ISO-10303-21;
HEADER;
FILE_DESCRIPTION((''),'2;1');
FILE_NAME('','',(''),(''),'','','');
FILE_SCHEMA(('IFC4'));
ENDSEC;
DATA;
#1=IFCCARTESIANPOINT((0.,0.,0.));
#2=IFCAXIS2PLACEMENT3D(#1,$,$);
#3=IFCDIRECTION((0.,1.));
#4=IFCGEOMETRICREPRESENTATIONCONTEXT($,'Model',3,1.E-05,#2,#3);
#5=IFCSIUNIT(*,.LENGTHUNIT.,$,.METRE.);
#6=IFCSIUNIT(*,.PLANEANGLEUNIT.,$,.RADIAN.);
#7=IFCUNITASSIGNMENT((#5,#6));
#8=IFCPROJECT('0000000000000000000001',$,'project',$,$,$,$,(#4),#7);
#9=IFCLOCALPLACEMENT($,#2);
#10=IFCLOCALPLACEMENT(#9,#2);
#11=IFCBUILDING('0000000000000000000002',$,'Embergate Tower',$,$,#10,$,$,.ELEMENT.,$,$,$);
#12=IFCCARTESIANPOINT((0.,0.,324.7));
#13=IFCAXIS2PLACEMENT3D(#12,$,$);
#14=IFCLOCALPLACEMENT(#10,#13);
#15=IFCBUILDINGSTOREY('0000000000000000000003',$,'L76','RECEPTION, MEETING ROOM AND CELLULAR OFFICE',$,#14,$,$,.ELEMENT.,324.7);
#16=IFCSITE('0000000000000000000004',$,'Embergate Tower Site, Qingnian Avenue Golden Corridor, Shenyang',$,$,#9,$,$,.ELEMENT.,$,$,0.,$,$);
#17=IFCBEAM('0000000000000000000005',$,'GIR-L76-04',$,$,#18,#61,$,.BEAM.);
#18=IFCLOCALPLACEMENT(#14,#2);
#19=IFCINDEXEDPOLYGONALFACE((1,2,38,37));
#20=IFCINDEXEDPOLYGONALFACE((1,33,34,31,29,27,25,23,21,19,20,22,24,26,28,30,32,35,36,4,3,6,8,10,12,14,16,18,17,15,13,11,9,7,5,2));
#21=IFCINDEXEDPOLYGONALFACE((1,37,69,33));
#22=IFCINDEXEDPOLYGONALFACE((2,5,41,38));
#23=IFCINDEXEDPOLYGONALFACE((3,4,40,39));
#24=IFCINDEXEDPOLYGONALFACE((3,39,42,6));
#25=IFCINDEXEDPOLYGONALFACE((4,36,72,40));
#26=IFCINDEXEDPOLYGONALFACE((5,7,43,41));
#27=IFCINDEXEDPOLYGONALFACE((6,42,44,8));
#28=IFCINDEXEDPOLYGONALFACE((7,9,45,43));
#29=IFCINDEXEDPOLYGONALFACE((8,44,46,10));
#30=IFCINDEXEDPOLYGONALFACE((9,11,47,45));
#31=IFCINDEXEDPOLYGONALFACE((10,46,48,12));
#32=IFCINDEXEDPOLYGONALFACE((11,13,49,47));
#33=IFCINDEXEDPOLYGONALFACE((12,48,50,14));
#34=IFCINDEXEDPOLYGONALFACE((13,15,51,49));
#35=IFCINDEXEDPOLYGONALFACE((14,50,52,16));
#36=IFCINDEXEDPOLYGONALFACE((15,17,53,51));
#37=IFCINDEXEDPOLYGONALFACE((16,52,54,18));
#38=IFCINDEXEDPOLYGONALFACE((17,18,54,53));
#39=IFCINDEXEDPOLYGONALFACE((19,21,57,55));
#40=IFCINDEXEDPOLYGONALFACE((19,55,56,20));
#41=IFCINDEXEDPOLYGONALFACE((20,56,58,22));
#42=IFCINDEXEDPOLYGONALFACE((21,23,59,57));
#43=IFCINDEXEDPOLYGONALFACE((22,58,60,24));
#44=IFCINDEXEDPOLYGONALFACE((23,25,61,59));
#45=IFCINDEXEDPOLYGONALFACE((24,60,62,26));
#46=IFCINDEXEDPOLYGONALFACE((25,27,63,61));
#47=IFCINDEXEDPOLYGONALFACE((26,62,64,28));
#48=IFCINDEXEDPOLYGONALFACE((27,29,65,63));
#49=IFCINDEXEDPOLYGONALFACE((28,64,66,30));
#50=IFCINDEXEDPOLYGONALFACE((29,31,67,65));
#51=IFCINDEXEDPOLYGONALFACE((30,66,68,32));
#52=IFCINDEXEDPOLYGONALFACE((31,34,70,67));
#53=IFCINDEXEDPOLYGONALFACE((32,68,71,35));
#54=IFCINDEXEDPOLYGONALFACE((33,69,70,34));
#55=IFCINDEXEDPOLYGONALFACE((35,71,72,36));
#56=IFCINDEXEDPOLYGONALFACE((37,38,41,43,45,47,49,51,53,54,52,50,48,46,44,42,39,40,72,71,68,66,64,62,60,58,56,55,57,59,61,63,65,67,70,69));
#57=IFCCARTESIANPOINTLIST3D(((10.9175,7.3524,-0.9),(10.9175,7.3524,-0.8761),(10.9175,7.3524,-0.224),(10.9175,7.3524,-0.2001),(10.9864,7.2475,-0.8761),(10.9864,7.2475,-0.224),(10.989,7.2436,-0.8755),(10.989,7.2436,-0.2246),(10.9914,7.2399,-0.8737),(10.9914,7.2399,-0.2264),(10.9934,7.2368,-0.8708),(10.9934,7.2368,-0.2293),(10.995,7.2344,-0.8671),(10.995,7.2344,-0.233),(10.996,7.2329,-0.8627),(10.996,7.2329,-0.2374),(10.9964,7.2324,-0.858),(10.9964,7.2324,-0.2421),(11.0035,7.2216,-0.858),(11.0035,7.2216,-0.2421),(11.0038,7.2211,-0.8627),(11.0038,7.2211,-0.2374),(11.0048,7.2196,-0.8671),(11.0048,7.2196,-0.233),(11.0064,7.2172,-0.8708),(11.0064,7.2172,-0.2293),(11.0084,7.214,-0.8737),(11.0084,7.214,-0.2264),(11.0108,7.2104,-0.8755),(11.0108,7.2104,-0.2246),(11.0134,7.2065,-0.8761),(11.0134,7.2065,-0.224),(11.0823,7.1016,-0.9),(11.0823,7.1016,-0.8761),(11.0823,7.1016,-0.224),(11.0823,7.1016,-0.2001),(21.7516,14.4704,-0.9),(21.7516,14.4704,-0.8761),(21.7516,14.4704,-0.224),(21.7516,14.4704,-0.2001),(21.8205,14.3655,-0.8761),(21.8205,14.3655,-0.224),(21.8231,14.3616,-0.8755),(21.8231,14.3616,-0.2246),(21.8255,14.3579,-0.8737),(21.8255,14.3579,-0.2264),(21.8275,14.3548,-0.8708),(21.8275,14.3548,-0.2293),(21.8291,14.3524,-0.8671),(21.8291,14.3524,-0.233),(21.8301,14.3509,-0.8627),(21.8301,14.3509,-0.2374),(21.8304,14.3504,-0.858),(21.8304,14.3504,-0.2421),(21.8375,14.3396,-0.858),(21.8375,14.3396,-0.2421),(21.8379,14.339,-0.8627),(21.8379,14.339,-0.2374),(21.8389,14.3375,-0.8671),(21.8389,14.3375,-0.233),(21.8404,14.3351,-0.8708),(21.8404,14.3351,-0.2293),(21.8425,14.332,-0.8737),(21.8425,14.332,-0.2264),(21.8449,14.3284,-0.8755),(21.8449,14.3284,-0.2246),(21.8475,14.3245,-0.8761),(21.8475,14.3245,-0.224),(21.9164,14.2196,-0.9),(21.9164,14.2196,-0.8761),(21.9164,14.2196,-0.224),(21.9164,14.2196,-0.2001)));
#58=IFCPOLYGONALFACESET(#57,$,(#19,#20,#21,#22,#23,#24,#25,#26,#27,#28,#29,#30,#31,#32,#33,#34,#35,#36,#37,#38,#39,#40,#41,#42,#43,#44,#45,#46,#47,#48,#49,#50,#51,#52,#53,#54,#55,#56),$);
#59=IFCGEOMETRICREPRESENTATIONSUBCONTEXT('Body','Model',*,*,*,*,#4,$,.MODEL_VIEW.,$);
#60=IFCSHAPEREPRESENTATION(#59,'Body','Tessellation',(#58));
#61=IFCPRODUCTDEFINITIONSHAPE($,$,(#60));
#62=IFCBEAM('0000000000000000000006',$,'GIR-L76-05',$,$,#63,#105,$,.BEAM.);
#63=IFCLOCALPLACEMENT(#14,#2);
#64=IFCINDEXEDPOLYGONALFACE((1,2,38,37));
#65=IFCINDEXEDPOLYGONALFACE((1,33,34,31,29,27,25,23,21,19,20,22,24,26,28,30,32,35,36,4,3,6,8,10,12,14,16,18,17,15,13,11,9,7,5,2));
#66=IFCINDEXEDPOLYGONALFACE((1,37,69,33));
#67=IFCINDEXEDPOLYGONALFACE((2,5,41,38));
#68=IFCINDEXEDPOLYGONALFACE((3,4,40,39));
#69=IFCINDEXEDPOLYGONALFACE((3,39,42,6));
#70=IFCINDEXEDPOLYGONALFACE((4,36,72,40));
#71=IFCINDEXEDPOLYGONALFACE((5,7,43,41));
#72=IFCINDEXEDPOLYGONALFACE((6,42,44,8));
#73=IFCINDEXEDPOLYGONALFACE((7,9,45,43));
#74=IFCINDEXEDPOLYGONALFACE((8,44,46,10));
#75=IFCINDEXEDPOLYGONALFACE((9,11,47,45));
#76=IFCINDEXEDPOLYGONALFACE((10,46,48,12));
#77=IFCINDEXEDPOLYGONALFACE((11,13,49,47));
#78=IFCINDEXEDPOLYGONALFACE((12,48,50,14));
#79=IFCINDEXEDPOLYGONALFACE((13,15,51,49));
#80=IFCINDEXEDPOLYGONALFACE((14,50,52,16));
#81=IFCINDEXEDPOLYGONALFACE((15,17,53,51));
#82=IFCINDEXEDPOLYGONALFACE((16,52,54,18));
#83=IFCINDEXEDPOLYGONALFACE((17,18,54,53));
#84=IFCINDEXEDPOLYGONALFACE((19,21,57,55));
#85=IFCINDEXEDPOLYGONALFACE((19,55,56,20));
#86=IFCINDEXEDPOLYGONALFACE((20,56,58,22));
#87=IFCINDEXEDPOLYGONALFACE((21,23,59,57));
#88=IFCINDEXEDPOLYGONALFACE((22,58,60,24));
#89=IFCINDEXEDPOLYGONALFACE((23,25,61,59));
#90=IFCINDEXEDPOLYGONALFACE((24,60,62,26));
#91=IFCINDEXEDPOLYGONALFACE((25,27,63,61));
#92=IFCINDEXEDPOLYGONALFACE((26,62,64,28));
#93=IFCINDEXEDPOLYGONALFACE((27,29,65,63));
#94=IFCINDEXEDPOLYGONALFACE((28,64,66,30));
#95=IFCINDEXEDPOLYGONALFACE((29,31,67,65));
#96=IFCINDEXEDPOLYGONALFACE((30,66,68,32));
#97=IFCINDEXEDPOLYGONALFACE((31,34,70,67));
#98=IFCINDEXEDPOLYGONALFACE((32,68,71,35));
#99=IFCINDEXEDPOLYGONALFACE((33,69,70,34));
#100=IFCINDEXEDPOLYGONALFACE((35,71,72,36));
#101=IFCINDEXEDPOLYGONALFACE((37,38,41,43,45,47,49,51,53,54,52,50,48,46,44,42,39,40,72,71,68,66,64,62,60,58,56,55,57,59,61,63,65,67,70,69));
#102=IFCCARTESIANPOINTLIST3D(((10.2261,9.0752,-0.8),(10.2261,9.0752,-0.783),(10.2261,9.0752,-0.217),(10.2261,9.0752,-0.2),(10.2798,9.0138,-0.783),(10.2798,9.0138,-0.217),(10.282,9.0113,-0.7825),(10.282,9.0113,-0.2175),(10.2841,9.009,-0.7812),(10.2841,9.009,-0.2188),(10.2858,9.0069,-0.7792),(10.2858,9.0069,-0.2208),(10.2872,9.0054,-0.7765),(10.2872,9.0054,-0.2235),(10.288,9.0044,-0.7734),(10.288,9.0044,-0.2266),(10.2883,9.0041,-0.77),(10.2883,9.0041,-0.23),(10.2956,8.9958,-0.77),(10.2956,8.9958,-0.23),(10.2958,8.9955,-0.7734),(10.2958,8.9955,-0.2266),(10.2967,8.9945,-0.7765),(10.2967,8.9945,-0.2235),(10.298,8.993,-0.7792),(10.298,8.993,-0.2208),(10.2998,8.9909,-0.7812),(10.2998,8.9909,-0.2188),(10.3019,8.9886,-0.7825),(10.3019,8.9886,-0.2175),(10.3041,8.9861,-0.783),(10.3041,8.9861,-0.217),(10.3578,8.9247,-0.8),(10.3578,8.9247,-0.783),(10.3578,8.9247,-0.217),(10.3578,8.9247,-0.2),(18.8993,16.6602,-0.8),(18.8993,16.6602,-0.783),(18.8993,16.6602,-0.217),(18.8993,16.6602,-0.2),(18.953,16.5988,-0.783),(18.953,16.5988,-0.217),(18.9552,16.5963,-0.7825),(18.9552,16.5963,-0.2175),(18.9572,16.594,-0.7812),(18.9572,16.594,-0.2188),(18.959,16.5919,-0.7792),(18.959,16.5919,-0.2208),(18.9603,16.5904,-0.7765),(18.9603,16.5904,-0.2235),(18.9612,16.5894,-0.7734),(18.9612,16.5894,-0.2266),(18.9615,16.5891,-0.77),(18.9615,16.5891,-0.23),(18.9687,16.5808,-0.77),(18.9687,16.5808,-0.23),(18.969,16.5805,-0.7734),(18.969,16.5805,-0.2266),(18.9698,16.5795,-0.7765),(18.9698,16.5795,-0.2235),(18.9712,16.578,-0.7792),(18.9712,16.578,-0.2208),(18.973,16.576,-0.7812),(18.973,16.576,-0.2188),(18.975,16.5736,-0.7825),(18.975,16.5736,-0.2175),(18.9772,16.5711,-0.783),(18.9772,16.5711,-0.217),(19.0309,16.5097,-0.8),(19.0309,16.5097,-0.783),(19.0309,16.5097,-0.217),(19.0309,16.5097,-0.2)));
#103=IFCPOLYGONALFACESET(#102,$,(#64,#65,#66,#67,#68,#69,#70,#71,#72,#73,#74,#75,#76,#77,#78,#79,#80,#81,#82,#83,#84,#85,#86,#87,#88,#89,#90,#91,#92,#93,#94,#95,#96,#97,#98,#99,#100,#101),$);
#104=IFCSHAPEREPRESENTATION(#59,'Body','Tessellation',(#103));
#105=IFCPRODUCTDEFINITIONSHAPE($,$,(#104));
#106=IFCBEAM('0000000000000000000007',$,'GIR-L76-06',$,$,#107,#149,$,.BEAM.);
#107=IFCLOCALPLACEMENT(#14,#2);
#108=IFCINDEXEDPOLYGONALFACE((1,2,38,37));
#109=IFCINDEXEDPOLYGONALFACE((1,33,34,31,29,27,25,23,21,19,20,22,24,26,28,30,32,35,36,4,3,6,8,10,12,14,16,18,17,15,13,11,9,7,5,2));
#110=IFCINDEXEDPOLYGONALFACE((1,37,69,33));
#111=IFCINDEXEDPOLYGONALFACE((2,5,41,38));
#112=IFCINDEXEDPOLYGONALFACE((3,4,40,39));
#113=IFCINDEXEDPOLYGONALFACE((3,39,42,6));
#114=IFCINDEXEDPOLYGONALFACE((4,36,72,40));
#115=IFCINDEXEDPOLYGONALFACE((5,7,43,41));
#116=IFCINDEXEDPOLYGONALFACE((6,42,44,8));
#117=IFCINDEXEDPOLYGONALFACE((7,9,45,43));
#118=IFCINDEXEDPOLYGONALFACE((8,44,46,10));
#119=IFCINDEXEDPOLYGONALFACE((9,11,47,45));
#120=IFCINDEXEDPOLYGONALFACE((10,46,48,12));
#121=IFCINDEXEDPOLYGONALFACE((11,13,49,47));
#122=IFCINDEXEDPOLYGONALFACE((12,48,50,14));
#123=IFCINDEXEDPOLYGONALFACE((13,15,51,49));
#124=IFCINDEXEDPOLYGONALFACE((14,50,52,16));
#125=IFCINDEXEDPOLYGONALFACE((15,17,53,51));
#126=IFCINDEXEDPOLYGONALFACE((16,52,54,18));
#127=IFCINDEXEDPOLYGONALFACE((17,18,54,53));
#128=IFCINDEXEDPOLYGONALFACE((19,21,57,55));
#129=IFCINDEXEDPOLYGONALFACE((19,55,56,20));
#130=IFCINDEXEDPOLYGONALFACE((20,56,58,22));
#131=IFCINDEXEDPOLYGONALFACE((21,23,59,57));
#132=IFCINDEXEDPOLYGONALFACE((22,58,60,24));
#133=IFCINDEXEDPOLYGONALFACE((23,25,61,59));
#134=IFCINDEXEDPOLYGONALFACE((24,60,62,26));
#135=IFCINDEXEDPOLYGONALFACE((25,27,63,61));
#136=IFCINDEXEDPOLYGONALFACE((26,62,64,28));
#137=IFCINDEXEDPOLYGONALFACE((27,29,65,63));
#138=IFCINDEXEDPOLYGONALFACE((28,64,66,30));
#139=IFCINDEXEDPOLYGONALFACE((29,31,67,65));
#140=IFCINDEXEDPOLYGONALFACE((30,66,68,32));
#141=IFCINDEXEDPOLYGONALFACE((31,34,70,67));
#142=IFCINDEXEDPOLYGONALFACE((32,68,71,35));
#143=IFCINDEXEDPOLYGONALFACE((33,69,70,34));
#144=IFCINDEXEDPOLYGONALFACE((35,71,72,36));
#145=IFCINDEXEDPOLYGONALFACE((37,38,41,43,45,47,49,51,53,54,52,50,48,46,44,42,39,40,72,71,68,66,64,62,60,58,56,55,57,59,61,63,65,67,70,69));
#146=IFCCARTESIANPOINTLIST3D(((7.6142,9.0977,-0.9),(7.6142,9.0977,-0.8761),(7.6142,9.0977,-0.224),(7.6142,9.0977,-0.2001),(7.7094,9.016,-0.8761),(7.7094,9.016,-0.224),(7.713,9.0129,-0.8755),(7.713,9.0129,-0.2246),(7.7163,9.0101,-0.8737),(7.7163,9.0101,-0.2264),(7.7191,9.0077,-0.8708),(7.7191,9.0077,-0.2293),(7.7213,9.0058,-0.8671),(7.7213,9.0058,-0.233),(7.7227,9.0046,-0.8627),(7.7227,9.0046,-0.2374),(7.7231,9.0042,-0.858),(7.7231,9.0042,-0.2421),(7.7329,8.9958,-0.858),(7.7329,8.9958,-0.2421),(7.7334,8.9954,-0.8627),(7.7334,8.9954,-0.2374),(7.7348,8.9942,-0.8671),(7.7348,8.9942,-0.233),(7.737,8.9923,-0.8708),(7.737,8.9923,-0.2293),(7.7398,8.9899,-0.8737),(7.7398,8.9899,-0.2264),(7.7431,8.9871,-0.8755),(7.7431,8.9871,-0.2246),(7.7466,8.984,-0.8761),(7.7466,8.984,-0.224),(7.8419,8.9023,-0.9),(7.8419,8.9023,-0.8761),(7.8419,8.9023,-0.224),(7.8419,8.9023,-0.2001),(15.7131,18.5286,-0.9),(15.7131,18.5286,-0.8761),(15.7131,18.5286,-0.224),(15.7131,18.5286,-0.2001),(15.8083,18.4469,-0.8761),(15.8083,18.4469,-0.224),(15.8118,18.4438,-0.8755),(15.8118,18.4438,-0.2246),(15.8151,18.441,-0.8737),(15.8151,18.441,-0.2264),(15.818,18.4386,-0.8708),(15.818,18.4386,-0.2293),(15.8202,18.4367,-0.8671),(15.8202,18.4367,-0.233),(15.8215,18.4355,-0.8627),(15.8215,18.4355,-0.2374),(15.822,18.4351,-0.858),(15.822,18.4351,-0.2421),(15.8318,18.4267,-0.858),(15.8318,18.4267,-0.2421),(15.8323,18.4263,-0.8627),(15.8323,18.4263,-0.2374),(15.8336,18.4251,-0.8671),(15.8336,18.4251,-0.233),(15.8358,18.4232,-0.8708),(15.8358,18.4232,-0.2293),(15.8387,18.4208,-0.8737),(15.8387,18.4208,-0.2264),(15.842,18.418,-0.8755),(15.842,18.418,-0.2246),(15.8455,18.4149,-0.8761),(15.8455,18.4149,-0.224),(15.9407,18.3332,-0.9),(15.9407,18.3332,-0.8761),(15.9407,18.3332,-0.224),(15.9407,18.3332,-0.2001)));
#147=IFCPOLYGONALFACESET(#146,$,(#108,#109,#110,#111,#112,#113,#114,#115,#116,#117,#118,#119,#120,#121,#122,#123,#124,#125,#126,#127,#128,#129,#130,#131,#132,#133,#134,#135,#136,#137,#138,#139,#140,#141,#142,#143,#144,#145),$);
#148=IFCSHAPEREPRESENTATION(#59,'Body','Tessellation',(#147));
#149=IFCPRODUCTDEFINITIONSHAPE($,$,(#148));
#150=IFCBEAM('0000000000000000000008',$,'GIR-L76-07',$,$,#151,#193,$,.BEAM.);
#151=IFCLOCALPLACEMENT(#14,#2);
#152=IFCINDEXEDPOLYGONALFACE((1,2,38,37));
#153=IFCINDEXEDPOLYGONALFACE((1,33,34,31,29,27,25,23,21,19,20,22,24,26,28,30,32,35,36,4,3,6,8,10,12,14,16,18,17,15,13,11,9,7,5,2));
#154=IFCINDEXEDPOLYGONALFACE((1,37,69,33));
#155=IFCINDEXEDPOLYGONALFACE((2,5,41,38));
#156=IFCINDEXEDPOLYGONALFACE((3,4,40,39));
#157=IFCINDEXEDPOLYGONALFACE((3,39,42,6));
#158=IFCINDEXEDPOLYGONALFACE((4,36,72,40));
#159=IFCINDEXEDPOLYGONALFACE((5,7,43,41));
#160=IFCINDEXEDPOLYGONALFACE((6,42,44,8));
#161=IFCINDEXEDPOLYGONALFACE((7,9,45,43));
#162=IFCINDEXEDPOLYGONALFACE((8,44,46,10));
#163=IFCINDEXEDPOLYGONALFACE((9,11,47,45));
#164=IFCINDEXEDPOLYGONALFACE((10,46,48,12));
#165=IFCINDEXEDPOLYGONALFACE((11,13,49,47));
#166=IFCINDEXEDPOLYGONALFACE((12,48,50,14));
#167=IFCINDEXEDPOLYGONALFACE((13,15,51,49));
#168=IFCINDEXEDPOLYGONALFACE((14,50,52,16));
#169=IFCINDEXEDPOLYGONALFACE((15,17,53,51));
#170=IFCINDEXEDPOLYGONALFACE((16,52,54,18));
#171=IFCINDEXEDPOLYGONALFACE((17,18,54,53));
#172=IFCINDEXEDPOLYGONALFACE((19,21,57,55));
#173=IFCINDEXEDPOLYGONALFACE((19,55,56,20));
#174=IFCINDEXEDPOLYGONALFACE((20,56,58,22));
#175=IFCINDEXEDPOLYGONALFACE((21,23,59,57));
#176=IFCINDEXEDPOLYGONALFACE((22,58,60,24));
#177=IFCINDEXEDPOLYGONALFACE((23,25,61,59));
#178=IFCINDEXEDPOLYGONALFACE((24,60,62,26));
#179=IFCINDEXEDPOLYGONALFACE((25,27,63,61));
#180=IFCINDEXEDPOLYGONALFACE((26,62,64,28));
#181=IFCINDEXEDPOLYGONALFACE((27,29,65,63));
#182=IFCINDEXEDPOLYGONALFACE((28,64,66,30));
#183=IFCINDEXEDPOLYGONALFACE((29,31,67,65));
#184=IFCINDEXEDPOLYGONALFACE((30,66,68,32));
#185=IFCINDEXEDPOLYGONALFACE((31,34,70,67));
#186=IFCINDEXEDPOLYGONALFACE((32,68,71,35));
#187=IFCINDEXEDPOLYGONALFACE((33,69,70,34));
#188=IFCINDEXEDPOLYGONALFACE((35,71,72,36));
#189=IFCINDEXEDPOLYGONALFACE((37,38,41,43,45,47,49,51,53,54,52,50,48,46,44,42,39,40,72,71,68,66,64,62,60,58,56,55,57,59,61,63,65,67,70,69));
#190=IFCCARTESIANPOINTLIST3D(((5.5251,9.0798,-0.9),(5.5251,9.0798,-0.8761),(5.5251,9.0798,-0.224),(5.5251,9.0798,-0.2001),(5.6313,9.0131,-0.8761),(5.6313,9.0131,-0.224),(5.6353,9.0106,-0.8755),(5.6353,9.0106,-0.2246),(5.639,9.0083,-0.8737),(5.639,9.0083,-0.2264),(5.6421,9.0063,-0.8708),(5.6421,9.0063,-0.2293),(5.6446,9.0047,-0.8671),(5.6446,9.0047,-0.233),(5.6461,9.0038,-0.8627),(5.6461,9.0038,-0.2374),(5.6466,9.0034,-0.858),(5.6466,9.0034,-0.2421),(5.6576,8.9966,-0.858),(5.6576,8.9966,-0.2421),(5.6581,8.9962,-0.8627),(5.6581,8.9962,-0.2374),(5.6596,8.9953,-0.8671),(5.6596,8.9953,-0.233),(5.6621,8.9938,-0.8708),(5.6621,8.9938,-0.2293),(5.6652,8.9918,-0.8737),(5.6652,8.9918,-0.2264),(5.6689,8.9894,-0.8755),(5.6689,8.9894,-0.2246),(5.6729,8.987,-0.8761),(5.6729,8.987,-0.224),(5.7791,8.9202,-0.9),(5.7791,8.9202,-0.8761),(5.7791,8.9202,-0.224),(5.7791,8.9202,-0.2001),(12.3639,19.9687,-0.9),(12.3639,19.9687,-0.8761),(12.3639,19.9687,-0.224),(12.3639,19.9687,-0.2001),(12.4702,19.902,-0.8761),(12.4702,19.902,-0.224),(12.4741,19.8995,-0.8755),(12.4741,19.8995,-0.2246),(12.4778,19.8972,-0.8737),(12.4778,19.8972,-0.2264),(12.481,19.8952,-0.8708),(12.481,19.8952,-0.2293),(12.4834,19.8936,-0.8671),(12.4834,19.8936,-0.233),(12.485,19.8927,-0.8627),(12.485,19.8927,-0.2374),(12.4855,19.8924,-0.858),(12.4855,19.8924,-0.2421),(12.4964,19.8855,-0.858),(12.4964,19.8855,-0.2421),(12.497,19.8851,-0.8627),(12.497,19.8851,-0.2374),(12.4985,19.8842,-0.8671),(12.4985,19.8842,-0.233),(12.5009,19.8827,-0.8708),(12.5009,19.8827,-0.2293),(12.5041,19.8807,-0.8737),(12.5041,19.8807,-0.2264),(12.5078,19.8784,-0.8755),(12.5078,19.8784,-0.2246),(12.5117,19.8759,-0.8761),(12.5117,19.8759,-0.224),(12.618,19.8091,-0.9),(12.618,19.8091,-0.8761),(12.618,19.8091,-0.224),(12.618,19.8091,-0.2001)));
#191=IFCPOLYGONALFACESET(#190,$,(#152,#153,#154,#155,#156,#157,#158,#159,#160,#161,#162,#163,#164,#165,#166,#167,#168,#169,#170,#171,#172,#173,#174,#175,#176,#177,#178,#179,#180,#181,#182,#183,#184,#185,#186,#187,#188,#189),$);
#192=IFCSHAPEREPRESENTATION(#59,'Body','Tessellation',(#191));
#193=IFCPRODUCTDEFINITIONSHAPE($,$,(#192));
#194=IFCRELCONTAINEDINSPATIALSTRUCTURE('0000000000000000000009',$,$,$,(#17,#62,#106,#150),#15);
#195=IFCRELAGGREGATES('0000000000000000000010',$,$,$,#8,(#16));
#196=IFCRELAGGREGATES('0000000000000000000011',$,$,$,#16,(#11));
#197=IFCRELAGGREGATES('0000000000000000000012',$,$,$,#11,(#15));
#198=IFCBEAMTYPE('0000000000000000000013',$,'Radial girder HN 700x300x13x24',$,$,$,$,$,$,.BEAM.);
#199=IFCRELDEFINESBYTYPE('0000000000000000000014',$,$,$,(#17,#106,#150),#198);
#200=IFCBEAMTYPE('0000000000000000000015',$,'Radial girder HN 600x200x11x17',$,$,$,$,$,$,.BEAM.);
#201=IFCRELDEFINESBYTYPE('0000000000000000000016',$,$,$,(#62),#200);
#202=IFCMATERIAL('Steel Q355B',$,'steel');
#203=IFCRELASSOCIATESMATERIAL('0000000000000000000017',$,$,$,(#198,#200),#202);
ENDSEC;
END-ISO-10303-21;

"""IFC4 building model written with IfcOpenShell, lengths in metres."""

from ifc_helpers import new_model, si_unit, direction, frame, origin, origin_2d, place, context, subcontext, project, spatial, i_section, extrude, source, transform, mapped, material, material_profile, profile_set, type_object, element, save


model = new_model("IFC4")

# Units and contexts
model_context = context("Model", 3, precision=1e-05, world=origin(), true_north=direction((0.0, 1.0)))
body_context = subcontext(model_context, "Body", "Model", "MODEL_VIEW")
ifc_project = project(units=[si_unit("LENGTHUNIT", "METRE"), si_unit("PLANEANGLEUNIT", "RADIAN")], contexts=[model_context])

# Site, building, storey
site_placement = place(None, origin())
site = spatial("IfcSite", under=ifc_project, at=site_placement, Name="Embergate Tower Site, Qingnian Avenue Golden Corridor, Shenyang", CompositionType="ELEMENT", RefElevation=0.0)
building_placement = place(site_placement, origin())
building = spatial("IfcBuilding", under=site, at=building_placement, Name="Embergate Tower", CompositionType="ELEMENT")
storey_placement = place(building_placement, frame((0.0, 0.0, 324.7)))
storey = spatial("IfcBuildingStorey", under=building, at=storey_placement, Name="L76", Description="RECEPTION, MEETING ROOM AND CELLULAR OFFICE", CompositionType="ELEMENT", Elevation=324.7)

# Beams
ifc_material_1 = material(Name="Steel Q355B", Category="steel")
ifc_material_profile_1 = material_profile(ifc_material_1, i_section(OverallWidth=0.3, OverallDepth=0.7, WebThickness=0.0129, FlangeThickness=0.0239, FilletRadius=0.0181, at=origin_2d()), Name="HN 700x300x13x24")
ifc_profile_set_1 = profile_set([ifc_material_profile_1], Name="Steel Q355 grade B")
beam_type_1 = type_object("IfcBeamType", Name="Radial girder HN 700x300x13x24", PredefinedType="BEAM", material=ifc_profile_set_1)
shared_shape_1 = source(origin(), body_context, "Body", "SweptSolid", [
    extrude(i_section(OverallWidth=0.3, OverallDepth=0.7, WebThickness=0.0129, FlangeThickness=0.0239, FilletRadius=0.0181, at=origin_2d()), origin(), (0.0, 0.0, 1.0), 12.9631),
])
beam_1_placement = place(storey_placement, frame((21.834, 14.345, -0.55), z_axis=(-0.835761, -0.549094, 0.0), x_axis=(0.549094, -0.835761, 0.0)))
element("IfcBeam", 1, at=beam_1_placement, inside=storey, type_object=beam_type_1, Name="GIR-L76-04", PredefinedType="BEAM", context=body_context, shape_type="MappedRepresentation", body=[
    mapped(shared_shape_1, transform((0.0, 0.0, 0.0))),
])
ifc_material_profile_2 = material_profile(ifc_material_1, i_section(OverallWidth=0.2, OverallDepth=0.6001, WebThickness=0.011, FlangeThickness=0.0171, FilletRadius=0.0129, at=origin_2d()), Name="HN 600x200x11x17")
ifc_profile_set_2 = profile_set([ifc_material_profile_2], Name="Steel Q355 grade B")
beam_type_2 = type_object("IfcBeamType", Name="Radial girder HN 600x200x11x17", PredefinedType="BEAM", material=ifc_profile_set_2)
shared_shape_2 = source(origin(), body_context, "Body", "SweptSolid", [
    extrude(i_section(OverallWidth=0.2, OverallDepth=0.6001, WebThickness=0.011, FlangeThickness=0.0171, FilletRadius=0.0129, at=origin_2d()), origin(), (0.0, 0.0, 1.0), 11.522),
])
beam_2_placement = place(storey_placement, frame((18.9651, 16.585, -0.5), z_axis=(-0.752749, -0.658308, 0.0), x_axis=(0.658308, -0.752749, 0.0)))
element("IfcBeam", 2, at=beam_2_placement, inside=storey, type_object=beam_type_2, Name="GIR-L76-05", PredefinedType="BEAM", context=body_context, shape_type="MappedRepresentation", body=[
    mapped(shared_shape_2, transform((0.0, 0.0, 0.0))),
])
shared_shape_3 = source(origin(), body_context, "Body", "SweptSolid", [
    extrude(i_section(OverallWidth=0.3, OverallDepth=0.7, WebThickness=0.0129, FlangeThickness=0.0239, FilletRadius=0.0181, at=origin_2d()), origin(), (0.0, 0.0, 1.0), 12.4312),
])
beam_3_placement = place(storey_placement, frame((15.8269, 18.4309, -0.55), z_axis=(-0.651498, -0.75865, 0.0), x_axis=(0.75865, -0.651498, 0.0)))
element("IfcBeam", 3, at=beam_3_placement, inside=storey, type_object=beam_type_1, Name="GIR-L76-06", PredefinedType="BEAM", context=body_context, shape_type="MappedRepresentation", body=[
    mapped(shared_shape_3, transform((0.0, 0.0, 0.0))),
])
shared_shape_4 = source(origin(), body_context, "Body", "SweptSolid", [
    extrude(i_section(OverallWidth=0.3, OverallDepth=0.7, WebThickness=0.0129, FlangeThickness=0.0239, FilletRadius=0.0181, at=origin_2d()), origin(), (0.0, 0.0, 1.0), 12.8584),
])
beam_4_placement = place(storey_placement, frame((12.491, 19.8889, -0.55), z_axis=(-0.53186, -0.846833, 0.0), x_axis=(0.846833, -0.53186, 0.0)))
element("IfcBeam", 4, at=beam_4_placement, inside=storey, type_object=beam_type_1, Name="GIR-L76-07", PredefinedType="BEAM", context=body_context, shape_type="MappedRepresentation", body=[
    mapped(shared_shape_4, transform((0.0, 0.0, 0.0))),
])

save(model, "model.ifc")
